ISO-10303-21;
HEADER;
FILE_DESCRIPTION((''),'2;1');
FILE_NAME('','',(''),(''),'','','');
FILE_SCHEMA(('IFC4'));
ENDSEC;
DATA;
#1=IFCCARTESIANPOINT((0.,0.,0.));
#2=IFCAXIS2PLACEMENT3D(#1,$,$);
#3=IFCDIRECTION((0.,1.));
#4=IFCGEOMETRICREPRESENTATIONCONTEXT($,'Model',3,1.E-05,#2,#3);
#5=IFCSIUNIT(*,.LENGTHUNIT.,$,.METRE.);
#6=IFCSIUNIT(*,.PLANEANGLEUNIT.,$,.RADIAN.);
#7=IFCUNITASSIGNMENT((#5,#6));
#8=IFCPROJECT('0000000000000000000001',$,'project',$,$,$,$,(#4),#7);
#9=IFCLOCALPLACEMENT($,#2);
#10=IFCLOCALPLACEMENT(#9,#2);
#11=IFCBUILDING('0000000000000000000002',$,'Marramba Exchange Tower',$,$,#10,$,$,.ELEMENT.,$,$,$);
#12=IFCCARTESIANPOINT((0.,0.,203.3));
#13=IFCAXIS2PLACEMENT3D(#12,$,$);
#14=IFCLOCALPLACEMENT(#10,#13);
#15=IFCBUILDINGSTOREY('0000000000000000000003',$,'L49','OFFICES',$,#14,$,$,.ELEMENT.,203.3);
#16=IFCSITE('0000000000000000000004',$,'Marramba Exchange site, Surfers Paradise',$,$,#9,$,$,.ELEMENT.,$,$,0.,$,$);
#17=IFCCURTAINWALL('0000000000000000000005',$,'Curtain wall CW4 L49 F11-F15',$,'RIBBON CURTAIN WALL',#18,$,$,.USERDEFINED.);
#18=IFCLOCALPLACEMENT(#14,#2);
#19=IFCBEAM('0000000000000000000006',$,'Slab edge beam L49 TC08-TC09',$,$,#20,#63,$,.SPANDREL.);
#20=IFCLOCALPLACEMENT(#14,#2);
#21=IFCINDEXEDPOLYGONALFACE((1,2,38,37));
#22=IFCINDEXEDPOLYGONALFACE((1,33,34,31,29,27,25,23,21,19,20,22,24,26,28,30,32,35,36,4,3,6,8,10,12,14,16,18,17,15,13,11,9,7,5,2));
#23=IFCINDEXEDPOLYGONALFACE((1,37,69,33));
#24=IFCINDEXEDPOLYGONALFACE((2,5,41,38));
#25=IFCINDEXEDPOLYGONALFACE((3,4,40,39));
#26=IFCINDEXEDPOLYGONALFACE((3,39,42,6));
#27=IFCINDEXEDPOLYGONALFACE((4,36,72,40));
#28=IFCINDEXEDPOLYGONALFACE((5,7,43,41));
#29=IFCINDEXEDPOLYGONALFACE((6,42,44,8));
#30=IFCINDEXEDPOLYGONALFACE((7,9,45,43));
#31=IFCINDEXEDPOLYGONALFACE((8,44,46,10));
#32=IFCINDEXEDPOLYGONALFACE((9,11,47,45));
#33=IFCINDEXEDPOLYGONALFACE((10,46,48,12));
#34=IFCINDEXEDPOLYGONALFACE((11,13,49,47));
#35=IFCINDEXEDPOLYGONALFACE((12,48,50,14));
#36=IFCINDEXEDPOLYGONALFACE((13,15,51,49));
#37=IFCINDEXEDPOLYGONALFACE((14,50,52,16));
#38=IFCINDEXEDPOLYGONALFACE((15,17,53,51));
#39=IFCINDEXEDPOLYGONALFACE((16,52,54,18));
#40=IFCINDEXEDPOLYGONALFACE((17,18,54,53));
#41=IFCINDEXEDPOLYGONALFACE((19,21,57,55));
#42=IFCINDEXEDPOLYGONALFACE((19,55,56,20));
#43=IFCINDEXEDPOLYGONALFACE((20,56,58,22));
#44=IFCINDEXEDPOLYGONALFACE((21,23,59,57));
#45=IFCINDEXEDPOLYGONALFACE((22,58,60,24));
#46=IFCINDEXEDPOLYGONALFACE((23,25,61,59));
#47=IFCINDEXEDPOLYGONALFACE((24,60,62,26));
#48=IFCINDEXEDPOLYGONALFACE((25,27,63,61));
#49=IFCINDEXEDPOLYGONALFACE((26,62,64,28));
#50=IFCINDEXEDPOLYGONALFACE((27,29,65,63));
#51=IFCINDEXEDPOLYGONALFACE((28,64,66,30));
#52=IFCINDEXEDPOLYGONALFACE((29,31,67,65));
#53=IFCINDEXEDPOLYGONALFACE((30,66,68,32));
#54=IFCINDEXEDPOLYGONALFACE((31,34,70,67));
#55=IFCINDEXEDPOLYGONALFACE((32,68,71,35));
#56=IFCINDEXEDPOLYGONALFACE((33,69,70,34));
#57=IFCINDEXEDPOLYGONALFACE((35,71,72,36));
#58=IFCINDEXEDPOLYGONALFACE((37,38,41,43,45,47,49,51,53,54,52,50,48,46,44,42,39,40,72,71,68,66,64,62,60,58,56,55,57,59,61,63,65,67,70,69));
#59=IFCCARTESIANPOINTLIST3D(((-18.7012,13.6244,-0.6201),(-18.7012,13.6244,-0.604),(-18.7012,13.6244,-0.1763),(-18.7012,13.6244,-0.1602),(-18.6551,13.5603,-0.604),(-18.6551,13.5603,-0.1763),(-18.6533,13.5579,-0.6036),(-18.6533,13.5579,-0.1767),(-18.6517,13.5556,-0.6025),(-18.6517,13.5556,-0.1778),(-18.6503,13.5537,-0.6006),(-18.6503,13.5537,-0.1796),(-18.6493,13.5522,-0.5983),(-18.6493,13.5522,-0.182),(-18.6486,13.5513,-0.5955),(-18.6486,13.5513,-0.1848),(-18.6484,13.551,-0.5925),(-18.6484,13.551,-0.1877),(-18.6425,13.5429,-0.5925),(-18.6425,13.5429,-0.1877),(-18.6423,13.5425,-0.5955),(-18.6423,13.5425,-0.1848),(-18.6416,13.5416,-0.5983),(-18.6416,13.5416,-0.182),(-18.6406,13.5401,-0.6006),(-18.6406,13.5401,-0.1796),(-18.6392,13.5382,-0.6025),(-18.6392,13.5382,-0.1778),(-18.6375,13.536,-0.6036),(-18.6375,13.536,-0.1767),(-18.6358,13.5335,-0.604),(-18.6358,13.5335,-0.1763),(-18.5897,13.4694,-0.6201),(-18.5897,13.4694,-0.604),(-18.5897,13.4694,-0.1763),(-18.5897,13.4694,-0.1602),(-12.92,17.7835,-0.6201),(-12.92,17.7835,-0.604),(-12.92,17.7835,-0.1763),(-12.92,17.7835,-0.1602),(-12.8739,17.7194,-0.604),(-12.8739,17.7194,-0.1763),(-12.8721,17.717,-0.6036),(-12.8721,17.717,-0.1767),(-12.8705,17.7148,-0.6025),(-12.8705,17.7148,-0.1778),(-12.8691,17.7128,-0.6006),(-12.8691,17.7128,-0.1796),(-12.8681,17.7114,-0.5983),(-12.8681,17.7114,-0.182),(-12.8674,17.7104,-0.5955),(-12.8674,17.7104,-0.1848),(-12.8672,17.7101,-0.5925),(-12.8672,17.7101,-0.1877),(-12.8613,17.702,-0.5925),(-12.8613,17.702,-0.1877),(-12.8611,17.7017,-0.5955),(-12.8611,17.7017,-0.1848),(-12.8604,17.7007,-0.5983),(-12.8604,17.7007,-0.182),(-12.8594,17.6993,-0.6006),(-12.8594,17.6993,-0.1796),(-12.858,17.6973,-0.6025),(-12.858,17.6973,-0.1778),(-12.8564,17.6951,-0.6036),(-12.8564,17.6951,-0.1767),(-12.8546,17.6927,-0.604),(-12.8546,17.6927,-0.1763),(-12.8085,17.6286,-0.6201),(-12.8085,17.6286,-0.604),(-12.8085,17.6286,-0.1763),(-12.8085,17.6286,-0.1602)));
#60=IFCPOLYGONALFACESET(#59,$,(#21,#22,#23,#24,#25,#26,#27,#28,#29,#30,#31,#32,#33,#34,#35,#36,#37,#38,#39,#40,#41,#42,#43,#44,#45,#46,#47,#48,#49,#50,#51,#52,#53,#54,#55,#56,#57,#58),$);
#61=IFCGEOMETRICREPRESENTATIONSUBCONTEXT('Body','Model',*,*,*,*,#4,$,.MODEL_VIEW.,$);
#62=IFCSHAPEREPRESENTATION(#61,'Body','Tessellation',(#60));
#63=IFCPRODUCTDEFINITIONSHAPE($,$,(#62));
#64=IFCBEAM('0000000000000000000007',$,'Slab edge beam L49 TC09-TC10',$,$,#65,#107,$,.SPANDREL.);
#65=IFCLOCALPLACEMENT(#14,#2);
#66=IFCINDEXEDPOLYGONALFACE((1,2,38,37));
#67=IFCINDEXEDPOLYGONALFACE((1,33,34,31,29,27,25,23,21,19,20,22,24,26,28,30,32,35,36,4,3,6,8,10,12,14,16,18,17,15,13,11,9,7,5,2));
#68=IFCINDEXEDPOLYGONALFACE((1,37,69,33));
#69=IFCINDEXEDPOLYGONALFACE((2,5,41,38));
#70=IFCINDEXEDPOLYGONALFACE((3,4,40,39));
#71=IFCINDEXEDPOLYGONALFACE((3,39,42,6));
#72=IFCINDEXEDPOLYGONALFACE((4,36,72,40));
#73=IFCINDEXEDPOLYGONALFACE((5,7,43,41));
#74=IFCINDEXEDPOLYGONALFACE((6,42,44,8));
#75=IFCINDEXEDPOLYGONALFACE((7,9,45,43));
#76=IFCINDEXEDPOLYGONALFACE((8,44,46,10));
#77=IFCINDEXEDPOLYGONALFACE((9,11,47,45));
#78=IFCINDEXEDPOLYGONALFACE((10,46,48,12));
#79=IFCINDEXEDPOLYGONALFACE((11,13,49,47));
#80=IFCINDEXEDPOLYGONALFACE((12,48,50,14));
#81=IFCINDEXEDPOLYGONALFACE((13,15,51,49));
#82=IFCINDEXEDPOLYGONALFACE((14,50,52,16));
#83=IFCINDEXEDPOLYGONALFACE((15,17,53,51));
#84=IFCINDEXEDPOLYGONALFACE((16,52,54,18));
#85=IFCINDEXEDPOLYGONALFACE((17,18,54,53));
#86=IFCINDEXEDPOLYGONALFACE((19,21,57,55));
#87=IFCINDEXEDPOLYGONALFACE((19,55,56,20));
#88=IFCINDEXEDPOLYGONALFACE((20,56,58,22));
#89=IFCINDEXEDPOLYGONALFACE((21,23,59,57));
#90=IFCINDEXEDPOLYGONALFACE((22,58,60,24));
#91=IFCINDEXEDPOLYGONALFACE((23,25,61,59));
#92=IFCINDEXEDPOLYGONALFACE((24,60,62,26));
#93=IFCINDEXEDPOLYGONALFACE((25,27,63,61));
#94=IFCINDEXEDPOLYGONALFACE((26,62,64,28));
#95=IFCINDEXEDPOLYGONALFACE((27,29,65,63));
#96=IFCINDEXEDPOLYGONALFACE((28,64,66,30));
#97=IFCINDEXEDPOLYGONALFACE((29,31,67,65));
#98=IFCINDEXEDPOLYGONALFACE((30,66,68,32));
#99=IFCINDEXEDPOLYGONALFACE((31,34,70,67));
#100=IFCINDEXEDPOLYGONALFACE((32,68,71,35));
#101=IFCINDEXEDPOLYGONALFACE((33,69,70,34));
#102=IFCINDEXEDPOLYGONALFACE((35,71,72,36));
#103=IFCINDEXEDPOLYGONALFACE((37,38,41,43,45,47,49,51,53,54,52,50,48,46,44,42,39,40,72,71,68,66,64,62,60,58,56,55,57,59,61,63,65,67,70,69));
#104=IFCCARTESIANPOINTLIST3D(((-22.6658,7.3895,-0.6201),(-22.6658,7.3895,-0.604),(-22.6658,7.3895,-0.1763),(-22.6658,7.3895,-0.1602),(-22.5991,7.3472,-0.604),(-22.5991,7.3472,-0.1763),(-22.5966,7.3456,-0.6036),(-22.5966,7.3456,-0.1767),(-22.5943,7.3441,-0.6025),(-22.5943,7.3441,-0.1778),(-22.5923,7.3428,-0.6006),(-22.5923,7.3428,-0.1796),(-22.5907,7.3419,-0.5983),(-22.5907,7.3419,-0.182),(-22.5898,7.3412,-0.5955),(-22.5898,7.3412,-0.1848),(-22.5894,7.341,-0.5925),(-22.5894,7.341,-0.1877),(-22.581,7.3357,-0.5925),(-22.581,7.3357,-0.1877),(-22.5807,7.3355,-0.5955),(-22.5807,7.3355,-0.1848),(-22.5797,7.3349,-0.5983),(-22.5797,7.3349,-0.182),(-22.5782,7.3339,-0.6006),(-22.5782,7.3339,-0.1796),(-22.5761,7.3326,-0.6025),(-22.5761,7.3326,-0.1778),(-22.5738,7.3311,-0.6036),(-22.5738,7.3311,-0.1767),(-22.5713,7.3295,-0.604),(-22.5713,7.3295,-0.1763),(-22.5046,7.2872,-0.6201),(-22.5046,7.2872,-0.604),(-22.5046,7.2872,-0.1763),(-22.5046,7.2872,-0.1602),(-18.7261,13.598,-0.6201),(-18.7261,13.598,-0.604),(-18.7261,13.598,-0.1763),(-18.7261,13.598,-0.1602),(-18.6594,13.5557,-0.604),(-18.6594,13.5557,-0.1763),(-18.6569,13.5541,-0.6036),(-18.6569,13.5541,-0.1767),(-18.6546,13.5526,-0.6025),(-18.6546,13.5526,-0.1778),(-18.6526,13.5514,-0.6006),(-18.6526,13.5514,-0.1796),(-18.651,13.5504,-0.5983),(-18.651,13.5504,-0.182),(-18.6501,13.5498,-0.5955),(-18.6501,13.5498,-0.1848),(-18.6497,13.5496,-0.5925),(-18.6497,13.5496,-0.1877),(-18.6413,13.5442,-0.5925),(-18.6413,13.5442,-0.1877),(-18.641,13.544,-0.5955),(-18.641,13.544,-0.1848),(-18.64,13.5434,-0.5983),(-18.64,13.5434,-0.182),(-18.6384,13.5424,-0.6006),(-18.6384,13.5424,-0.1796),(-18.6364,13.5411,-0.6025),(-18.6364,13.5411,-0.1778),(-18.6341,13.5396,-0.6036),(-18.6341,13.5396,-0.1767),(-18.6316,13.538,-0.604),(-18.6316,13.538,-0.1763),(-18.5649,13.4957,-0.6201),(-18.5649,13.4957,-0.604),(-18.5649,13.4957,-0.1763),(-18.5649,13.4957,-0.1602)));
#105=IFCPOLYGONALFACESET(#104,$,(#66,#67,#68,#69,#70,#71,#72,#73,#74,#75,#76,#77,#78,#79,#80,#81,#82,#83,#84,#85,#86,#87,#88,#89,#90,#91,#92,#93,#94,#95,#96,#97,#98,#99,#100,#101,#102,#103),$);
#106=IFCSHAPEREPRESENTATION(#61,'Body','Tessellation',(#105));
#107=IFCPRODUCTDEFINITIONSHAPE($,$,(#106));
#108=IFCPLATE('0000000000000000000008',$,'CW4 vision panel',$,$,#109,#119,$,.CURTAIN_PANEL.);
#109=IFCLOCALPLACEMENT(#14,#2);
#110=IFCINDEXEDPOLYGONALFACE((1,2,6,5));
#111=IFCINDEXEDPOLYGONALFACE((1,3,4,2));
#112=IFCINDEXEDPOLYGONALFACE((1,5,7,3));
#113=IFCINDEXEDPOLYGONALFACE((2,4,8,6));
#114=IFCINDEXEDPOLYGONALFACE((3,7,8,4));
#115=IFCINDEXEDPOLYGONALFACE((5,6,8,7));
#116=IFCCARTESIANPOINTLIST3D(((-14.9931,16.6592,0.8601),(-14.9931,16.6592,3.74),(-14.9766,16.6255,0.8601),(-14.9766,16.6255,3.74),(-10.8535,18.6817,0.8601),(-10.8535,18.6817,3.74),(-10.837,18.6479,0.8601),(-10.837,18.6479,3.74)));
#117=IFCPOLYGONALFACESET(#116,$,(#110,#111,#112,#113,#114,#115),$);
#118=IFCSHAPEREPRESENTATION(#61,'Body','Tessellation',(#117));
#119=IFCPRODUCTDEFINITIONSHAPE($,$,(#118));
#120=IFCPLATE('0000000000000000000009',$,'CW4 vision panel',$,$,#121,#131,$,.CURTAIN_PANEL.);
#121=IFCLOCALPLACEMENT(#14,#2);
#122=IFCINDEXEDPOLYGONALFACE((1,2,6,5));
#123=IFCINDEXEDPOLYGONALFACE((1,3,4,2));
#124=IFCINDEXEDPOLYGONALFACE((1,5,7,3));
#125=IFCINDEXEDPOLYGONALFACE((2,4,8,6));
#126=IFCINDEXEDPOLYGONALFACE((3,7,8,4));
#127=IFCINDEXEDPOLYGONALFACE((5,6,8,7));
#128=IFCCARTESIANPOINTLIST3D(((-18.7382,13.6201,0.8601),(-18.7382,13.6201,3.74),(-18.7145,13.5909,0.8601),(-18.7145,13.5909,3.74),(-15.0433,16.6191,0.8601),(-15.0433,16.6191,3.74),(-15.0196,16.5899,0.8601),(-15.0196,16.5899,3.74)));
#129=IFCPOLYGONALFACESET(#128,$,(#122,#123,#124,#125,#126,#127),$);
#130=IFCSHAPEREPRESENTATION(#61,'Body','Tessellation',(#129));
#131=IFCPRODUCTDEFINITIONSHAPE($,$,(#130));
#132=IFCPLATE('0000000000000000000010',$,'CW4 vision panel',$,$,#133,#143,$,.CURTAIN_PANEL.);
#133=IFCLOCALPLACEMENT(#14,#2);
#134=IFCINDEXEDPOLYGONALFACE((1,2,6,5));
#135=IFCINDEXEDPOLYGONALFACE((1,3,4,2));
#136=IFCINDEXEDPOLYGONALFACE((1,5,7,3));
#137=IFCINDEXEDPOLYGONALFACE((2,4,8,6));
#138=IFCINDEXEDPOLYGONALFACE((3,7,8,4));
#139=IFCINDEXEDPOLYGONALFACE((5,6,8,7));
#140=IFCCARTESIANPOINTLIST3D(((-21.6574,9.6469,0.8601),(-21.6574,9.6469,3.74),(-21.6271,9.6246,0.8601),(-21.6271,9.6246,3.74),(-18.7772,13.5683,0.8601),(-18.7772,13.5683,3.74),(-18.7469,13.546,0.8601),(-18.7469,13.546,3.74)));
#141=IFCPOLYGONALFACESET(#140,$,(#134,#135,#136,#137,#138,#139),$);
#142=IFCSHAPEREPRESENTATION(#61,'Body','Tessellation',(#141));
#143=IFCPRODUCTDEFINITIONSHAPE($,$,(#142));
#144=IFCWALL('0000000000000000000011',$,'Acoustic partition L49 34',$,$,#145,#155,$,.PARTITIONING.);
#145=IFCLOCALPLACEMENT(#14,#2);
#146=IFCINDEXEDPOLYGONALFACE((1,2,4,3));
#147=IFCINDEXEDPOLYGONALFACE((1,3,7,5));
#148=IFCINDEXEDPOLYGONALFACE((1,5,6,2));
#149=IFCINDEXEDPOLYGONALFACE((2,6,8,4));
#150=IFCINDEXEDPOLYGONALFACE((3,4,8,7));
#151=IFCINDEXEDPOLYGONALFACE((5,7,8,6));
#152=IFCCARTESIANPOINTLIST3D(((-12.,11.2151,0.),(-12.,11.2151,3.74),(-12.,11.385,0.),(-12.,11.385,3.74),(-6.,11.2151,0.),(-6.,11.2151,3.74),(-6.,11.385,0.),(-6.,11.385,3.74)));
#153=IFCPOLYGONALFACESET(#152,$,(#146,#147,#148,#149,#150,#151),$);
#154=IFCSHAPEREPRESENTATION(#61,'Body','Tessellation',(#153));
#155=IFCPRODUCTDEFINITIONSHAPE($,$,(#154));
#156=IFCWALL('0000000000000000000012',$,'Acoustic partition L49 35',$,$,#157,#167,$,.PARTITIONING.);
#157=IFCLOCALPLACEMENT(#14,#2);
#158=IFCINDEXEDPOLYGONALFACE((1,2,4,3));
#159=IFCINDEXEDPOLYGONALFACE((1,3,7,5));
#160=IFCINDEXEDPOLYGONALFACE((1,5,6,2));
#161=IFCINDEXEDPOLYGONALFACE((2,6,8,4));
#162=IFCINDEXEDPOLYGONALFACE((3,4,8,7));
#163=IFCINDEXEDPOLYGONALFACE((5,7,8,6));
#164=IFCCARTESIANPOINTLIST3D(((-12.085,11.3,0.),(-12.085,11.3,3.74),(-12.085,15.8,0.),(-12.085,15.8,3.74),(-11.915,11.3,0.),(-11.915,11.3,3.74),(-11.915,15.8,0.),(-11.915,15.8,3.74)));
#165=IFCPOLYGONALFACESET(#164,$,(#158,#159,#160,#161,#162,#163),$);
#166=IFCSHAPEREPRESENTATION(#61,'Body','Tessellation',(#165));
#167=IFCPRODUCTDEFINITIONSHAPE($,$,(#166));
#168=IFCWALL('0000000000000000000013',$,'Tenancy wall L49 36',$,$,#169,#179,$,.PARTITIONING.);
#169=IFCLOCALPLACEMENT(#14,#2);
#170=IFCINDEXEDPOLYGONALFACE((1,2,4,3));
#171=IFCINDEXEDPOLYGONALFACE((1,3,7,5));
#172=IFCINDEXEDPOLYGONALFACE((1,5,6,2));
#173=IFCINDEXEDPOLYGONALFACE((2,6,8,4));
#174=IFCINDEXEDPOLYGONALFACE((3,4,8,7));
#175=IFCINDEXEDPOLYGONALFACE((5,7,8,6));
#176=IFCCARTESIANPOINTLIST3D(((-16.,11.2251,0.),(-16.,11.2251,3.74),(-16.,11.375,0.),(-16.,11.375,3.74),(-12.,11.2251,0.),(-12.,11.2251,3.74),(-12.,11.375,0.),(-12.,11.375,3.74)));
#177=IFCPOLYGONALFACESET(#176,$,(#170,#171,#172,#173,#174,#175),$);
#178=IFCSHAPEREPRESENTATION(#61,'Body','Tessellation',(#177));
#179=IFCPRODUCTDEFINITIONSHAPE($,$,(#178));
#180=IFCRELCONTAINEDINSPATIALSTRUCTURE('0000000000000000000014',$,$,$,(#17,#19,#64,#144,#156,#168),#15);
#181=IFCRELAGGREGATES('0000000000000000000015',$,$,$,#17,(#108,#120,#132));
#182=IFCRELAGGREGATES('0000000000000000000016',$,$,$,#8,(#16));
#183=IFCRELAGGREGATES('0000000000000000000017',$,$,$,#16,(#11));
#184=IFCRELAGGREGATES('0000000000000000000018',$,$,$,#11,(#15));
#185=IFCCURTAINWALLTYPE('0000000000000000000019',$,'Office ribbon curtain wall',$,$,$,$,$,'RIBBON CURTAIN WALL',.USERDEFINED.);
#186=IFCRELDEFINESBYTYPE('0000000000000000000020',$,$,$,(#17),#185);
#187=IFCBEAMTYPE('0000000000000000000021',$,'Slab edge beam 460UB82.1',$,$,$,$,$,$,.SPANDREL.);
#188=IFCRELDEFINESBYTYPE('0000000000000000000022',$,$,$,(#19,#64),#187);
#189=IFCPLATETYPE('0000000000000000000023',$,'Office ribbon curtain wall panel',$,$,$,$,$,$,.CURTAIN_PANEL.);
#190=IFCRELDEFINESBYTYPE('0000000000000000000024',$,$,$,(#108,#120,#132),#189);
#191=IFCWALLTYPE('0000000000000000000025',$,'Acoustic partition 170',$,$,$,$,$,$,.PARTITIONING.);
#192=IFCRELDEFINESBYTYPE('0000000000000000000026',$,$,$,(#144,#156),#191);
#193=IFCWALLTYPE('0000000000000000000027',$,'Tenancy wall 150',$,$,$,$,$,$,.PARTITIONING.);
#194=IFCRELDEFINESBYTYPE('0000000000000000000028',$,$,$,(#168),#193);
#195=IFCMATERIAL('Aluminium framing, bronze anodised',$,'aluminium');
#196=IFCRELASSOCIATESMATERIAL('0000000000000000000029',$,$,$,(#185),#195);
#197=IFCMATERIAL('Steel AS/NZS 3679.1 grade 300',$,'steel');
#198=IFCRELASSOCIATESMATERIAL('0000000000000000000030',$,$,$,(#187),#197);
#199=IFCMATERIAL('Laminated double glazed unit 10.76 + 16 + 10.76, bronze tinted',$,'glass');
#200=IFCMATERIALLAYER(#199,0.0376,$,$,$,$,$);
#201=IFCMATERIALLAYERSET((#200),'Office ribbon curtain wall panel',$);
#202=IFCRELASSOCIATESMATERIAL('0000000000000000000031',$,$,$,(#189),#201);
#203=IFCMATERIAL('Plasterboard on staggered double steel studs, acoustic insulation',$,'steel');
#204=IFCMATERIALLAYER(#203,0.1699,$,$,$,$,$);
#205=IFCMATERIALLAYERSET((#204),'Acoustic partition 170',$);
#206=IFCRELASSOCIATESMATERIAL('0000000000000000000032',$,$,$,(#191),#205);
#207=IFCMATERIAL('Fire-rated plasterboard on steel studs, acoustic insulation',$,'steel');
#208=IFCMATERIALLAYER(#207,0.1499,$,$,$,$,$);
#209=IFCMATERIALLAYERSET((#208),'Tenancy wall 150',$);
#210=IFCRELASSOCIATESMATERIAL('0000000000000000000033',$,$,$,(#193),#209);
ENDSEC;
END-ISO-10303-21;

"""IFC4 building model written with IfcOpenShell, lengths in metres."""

from ifc_helpers import new_model, si_unit, direction, frame, frame_2d, origin, origin_2d, place, context, subcontext, project, spatial, rectangle, i_section, extrude, material, layer, layer_set, material_profile, profile_set, type_object, element, aggregate, save


model = new_model("IFC4")

# Units and contexts
model_context = context("Model", 3, precision=1e-05, world=origin(), true_north=direction((0.0, 1.0)))
body_context = subcontext(model_context, "Body", "Model", "MODEL_VIEW")
ifc_project = project(units=[si_unit("LENGTHUNIT", "METRE"), si_unit("PLANEANGLEUNIT", "RADIAN")], contexts=[model_context])

# Site, building, storey
site_placement = place(None, origin())
site = spatial("IfcSite", under=ifc_project, at=site_placement, Name="Marramba Exchange site, Surfers Paradise", CompositionType="ELEMENT", RefElevation=0.0)
building_placement = place(site_placement, origin())
building = spatial("IfcBuilding", under=site, at=building_placement, Name="Marramba Exchange Tower", CompositionType="ELEMENT")
storey_placement = place(building_placement, frame((0.0, 0.0, 203.3)))
storey = spatial("IfcBuildingStorey", under=building, at=storey_placement, Name="L49", Description="OFFICES", CompositionType="ELEMENT", Elevation=203.3)

# Shared definitions
ifc_material_1 = material(Name="Steel AS/NZS 3679.1 grade 300", Category="steel")

# Curtain wall
ifc_material_2 = material(Name="Aluminium framing, bronze anodised", Category="aluminium")
curtain_wall_type = type_object("IfcCurtainWallType", Name="Office ribbon curtain wall", ElementType="RIBBON CURTAIN WALL", PredefinedType="USERDEFINED", material=ifc_material_2)
curtain_wall_placement = place(storey_placement, origin())
curtain_wall = element("IfcCurtainWall", 1, at=curtain_wall_placement, inside=storey, type_object=curtain_wall_type, Name="Curtain wall CW4 L49 F11-F15", ObjectType="RIBBON CURTAIN WALL", PredefinedType="USERDEFINED")

# Beams
ifc_material_profile_1 = material_profile(ifc_material_1, i_section(OverallWidth=0.1909, OverallDepth=0.46, WebThickness=0.01, FlangeThickness=0.0161, FilletRadius=0.0115, at=origin_2d()), Name="460UB82.1")
ifc_profile_set_1 = profile_set([ifc_material_profile_1], Name="Steel AS/NZS 3679.1 grade 300")
beam_type_1 = type_object("IfcBeamType", Name="Slab edge beam 460UB82.1", PredefinedType="SPANDREL", material=ifc_profile_set_1)
beam_1_placement = place(storey_placement, frame((-12.8643, 17.7061, -0.3901), z_axis=(-0.811755, -0.583998, 0.0), x_axis=(0.583998, -0.811755, 0.0)))
element("IfcBeam", 2, at=beam_1_placement, inside=storey, type_object=beam_type_1, Name="Slab edge beam L49 TC08-TC09", PredefinedType="SPANDREL", context=body_context, shape_type="SweptSolid", body=[
    extrude(i_section(OverallWidth=0.1909, OverallDepth=0.46, WebThickness=0.01, FlangeThickness=0.0161, FilletRadius=0.0115, at=origin_2d()), origin(), (0.0, 0.0, 1.0), 7.1218),
])
beam_2_placement = place(storey_placement, frame((-18.6455, 13.5469, -0.3901), z_axis=(-0.535794, -0.844348, 0.0), x_axis=(0.844348, -0.535794, 0.0)))
element("IfcBeam", 3, at=beam_2_placement, inside=storey, type_object=beam_type_1, Name="Slab edge beam L49 TC09-TC10", PredefinedType="SPANDREL", context=body_context, shape_type="SweptSolid", body=[
    extrude(i_section(OverallWidth=0.1909, OverallDepth=0.46, WebThickness=0.01, FlangeThickness=0.0161, FilletRadius=0.0115, at=origin_2d()), origin(), (0.0, 0.0, 1.0), 7.353),
])

# Plates
ifc_material_3 = material(Name="Laminated double glazed unit 10.76 + 16 + 10.76, bronze tinted", Category="glass")
ifc_layer_1 = layer(ifc_material_3, 0.0376)
ifc_layer_set_1 = layer_set([ifc_layer_1], Name="Office ribbon curtain wall panel")
plate_type = type_object("IfcPlateType", Name="Office ribbon curtain wall panel", PredefinedType="CURTAIN_PANEL", material=ifc_layer_set_1)
plate_1_placement = place(storey_placement, frame((-12.915, 17.6536, 0.8601), z_axis=(0.0, 0.0, 1.0), x_axis=(-0.898501, -0.438972, 0.0)))
plate_1 = element("IfcPlate", 4, at=plate_1_placement, type_object=plate_type, Name="CW4 vision panel", PredefinedType="CURTAIN_PANEL", context=body_context, shape_type="SweptSolid", body=[
    extrude(rectangle(XDim=4.6072, YDim=0.0376, at=origin_2d()), origin(), (0.0, 0.0, 1.0), 2.8799),
])
plate_2_placement = place(storey_placement, frame((-16.8789, 15.105, 0.8601), z_axis=(0.0, 0.0, 1.0), x_axis=(-0.776432, -0.630201, 0.0)))
plate_2 = element("IfcPlate", 5, at=plate_2_placement, type_object=plate_type, Name="CW4 vision panel", PredefinedType="CURTAIN_PANEL", context=body_context, shape_type="SweptSolid", body=[
    extrude(rectangle(XDim=4.7588, YDim=0.0376, at=origin_2d()), origin(), (0.0, 0.0, 1.0), 2.8799),
])
plate_3_placement = place(storey_placement, frame((-20.2021, 11.5964, 0.8601), z_axis=(0.0, 0.0, 1.0), x_axis=(-0.591963, -0.805965, 0.0)))
plate_3 = element("IfcPlate", 6, at=plate_3_placement, type_object=plate_type, Name="CW4 vision panel", PredefinedType="CURTAIN_PANEL", context=body_context, shape_type="SweptSolid", body=[
    extrude(rectangle(XDim=4.8655, YDim=0.0376, at=origin_2d()), origin(), (0.0, 0.0, 1.0), 2.8799),
])
aggregate(curtain_wall, [plate_1, plate_2, plate_3])

# Walls
ifc_material_4 = material(Name="Plasterboard on staggered double steel studs, acoustic insulation", Category="steel")
ifc_layer_2 = layer(ifc_material_4, 0.1699)
ifc_layer_set_2 = layer_set([ifc_layer_2], Name="Acoustic partition 170")
wall_type_1 = type_object("IfcWallType", Name="Acoustic partition 170", PredefinedType="PARTITIONING", material=ifc_layer_set_2)
wall_1_placement = place(storey_placement, frame((-12.0, 11.3, 0.0), z_axis=(0.0, 0.0, 1.0), x_axis=(1.0, 0.0, 0.0)))
element("IfcWall", 7, at=wall_1_placement, inside=storey, type_object=wall_type_1, Name="Acoustic partition L49 34", PredefinedType="PARTITIONING", context=body_context, shape_type="SweptSolid", body=[
    extrude(rectangle(XDim=6.0, YDim=0.1699, at=frame_2d((3.0, 0.0))), origin(), (0.0, 0.0, 1.0), 3.74),
])
wall_2_placement = place(storey_placement, frame((-12.0, 15.8, 0.0), z_axis=(0.0, 0.0, 1.0), x_axis=(0.0, -1.0, 0.0)))
element("IfcWall", 8, at=wall_2_placement, inside=storey, type_object=wall_type_1, Name="Acoustic partition L49 35", PredefinedType="PARTITIONING", context=body_context, shape_type="SweptSolid", body=[
    extrude(rectangle(XDim=4.5, YDim=0.1699, at=frame_2d((2.25, 0.0))), origin(), (0.0, 0.0, 1.0), 3.74),
])
ifc_material_5 = material(Name="Fire-rated plasterboard on steel studs, acoustic insulation", Category="steel")
ifc_layer_3 = layer(ifc_material_5, 0.1499)
ifc_layer_set_3 = layer_set([ifc_layer_3], Name="Tenancy wall 150")
wall_type_2 = type_object("IfcWallType", Name="Tenancy wall 150", PredefinedType="PARTITIONING", material=ifc_layer_set_3)
wall_3_placement = place(storey_placement, frame((-12.0, 11.3, 0.0), z_axis=(0.0, 0.0, 1.0), x_axis=(-1.0, 0.0, 0.0)))
element("IfcWall", 9, at=wall_3_placement, inside=storey, type_object=wall_type_2, Name="Tenancy wall L49 36", PredefinedType="PARTITIONING", context=body_context, shape_type="SweptSolid", body=[
    extrude(rectangle(XDim=4.0, YDim=0.1499, at=frame_2d((2.0, 0.0))), origin(), (0.0, 0.0, 1.0), 3.74),
])

save(model, "model.ifc")
